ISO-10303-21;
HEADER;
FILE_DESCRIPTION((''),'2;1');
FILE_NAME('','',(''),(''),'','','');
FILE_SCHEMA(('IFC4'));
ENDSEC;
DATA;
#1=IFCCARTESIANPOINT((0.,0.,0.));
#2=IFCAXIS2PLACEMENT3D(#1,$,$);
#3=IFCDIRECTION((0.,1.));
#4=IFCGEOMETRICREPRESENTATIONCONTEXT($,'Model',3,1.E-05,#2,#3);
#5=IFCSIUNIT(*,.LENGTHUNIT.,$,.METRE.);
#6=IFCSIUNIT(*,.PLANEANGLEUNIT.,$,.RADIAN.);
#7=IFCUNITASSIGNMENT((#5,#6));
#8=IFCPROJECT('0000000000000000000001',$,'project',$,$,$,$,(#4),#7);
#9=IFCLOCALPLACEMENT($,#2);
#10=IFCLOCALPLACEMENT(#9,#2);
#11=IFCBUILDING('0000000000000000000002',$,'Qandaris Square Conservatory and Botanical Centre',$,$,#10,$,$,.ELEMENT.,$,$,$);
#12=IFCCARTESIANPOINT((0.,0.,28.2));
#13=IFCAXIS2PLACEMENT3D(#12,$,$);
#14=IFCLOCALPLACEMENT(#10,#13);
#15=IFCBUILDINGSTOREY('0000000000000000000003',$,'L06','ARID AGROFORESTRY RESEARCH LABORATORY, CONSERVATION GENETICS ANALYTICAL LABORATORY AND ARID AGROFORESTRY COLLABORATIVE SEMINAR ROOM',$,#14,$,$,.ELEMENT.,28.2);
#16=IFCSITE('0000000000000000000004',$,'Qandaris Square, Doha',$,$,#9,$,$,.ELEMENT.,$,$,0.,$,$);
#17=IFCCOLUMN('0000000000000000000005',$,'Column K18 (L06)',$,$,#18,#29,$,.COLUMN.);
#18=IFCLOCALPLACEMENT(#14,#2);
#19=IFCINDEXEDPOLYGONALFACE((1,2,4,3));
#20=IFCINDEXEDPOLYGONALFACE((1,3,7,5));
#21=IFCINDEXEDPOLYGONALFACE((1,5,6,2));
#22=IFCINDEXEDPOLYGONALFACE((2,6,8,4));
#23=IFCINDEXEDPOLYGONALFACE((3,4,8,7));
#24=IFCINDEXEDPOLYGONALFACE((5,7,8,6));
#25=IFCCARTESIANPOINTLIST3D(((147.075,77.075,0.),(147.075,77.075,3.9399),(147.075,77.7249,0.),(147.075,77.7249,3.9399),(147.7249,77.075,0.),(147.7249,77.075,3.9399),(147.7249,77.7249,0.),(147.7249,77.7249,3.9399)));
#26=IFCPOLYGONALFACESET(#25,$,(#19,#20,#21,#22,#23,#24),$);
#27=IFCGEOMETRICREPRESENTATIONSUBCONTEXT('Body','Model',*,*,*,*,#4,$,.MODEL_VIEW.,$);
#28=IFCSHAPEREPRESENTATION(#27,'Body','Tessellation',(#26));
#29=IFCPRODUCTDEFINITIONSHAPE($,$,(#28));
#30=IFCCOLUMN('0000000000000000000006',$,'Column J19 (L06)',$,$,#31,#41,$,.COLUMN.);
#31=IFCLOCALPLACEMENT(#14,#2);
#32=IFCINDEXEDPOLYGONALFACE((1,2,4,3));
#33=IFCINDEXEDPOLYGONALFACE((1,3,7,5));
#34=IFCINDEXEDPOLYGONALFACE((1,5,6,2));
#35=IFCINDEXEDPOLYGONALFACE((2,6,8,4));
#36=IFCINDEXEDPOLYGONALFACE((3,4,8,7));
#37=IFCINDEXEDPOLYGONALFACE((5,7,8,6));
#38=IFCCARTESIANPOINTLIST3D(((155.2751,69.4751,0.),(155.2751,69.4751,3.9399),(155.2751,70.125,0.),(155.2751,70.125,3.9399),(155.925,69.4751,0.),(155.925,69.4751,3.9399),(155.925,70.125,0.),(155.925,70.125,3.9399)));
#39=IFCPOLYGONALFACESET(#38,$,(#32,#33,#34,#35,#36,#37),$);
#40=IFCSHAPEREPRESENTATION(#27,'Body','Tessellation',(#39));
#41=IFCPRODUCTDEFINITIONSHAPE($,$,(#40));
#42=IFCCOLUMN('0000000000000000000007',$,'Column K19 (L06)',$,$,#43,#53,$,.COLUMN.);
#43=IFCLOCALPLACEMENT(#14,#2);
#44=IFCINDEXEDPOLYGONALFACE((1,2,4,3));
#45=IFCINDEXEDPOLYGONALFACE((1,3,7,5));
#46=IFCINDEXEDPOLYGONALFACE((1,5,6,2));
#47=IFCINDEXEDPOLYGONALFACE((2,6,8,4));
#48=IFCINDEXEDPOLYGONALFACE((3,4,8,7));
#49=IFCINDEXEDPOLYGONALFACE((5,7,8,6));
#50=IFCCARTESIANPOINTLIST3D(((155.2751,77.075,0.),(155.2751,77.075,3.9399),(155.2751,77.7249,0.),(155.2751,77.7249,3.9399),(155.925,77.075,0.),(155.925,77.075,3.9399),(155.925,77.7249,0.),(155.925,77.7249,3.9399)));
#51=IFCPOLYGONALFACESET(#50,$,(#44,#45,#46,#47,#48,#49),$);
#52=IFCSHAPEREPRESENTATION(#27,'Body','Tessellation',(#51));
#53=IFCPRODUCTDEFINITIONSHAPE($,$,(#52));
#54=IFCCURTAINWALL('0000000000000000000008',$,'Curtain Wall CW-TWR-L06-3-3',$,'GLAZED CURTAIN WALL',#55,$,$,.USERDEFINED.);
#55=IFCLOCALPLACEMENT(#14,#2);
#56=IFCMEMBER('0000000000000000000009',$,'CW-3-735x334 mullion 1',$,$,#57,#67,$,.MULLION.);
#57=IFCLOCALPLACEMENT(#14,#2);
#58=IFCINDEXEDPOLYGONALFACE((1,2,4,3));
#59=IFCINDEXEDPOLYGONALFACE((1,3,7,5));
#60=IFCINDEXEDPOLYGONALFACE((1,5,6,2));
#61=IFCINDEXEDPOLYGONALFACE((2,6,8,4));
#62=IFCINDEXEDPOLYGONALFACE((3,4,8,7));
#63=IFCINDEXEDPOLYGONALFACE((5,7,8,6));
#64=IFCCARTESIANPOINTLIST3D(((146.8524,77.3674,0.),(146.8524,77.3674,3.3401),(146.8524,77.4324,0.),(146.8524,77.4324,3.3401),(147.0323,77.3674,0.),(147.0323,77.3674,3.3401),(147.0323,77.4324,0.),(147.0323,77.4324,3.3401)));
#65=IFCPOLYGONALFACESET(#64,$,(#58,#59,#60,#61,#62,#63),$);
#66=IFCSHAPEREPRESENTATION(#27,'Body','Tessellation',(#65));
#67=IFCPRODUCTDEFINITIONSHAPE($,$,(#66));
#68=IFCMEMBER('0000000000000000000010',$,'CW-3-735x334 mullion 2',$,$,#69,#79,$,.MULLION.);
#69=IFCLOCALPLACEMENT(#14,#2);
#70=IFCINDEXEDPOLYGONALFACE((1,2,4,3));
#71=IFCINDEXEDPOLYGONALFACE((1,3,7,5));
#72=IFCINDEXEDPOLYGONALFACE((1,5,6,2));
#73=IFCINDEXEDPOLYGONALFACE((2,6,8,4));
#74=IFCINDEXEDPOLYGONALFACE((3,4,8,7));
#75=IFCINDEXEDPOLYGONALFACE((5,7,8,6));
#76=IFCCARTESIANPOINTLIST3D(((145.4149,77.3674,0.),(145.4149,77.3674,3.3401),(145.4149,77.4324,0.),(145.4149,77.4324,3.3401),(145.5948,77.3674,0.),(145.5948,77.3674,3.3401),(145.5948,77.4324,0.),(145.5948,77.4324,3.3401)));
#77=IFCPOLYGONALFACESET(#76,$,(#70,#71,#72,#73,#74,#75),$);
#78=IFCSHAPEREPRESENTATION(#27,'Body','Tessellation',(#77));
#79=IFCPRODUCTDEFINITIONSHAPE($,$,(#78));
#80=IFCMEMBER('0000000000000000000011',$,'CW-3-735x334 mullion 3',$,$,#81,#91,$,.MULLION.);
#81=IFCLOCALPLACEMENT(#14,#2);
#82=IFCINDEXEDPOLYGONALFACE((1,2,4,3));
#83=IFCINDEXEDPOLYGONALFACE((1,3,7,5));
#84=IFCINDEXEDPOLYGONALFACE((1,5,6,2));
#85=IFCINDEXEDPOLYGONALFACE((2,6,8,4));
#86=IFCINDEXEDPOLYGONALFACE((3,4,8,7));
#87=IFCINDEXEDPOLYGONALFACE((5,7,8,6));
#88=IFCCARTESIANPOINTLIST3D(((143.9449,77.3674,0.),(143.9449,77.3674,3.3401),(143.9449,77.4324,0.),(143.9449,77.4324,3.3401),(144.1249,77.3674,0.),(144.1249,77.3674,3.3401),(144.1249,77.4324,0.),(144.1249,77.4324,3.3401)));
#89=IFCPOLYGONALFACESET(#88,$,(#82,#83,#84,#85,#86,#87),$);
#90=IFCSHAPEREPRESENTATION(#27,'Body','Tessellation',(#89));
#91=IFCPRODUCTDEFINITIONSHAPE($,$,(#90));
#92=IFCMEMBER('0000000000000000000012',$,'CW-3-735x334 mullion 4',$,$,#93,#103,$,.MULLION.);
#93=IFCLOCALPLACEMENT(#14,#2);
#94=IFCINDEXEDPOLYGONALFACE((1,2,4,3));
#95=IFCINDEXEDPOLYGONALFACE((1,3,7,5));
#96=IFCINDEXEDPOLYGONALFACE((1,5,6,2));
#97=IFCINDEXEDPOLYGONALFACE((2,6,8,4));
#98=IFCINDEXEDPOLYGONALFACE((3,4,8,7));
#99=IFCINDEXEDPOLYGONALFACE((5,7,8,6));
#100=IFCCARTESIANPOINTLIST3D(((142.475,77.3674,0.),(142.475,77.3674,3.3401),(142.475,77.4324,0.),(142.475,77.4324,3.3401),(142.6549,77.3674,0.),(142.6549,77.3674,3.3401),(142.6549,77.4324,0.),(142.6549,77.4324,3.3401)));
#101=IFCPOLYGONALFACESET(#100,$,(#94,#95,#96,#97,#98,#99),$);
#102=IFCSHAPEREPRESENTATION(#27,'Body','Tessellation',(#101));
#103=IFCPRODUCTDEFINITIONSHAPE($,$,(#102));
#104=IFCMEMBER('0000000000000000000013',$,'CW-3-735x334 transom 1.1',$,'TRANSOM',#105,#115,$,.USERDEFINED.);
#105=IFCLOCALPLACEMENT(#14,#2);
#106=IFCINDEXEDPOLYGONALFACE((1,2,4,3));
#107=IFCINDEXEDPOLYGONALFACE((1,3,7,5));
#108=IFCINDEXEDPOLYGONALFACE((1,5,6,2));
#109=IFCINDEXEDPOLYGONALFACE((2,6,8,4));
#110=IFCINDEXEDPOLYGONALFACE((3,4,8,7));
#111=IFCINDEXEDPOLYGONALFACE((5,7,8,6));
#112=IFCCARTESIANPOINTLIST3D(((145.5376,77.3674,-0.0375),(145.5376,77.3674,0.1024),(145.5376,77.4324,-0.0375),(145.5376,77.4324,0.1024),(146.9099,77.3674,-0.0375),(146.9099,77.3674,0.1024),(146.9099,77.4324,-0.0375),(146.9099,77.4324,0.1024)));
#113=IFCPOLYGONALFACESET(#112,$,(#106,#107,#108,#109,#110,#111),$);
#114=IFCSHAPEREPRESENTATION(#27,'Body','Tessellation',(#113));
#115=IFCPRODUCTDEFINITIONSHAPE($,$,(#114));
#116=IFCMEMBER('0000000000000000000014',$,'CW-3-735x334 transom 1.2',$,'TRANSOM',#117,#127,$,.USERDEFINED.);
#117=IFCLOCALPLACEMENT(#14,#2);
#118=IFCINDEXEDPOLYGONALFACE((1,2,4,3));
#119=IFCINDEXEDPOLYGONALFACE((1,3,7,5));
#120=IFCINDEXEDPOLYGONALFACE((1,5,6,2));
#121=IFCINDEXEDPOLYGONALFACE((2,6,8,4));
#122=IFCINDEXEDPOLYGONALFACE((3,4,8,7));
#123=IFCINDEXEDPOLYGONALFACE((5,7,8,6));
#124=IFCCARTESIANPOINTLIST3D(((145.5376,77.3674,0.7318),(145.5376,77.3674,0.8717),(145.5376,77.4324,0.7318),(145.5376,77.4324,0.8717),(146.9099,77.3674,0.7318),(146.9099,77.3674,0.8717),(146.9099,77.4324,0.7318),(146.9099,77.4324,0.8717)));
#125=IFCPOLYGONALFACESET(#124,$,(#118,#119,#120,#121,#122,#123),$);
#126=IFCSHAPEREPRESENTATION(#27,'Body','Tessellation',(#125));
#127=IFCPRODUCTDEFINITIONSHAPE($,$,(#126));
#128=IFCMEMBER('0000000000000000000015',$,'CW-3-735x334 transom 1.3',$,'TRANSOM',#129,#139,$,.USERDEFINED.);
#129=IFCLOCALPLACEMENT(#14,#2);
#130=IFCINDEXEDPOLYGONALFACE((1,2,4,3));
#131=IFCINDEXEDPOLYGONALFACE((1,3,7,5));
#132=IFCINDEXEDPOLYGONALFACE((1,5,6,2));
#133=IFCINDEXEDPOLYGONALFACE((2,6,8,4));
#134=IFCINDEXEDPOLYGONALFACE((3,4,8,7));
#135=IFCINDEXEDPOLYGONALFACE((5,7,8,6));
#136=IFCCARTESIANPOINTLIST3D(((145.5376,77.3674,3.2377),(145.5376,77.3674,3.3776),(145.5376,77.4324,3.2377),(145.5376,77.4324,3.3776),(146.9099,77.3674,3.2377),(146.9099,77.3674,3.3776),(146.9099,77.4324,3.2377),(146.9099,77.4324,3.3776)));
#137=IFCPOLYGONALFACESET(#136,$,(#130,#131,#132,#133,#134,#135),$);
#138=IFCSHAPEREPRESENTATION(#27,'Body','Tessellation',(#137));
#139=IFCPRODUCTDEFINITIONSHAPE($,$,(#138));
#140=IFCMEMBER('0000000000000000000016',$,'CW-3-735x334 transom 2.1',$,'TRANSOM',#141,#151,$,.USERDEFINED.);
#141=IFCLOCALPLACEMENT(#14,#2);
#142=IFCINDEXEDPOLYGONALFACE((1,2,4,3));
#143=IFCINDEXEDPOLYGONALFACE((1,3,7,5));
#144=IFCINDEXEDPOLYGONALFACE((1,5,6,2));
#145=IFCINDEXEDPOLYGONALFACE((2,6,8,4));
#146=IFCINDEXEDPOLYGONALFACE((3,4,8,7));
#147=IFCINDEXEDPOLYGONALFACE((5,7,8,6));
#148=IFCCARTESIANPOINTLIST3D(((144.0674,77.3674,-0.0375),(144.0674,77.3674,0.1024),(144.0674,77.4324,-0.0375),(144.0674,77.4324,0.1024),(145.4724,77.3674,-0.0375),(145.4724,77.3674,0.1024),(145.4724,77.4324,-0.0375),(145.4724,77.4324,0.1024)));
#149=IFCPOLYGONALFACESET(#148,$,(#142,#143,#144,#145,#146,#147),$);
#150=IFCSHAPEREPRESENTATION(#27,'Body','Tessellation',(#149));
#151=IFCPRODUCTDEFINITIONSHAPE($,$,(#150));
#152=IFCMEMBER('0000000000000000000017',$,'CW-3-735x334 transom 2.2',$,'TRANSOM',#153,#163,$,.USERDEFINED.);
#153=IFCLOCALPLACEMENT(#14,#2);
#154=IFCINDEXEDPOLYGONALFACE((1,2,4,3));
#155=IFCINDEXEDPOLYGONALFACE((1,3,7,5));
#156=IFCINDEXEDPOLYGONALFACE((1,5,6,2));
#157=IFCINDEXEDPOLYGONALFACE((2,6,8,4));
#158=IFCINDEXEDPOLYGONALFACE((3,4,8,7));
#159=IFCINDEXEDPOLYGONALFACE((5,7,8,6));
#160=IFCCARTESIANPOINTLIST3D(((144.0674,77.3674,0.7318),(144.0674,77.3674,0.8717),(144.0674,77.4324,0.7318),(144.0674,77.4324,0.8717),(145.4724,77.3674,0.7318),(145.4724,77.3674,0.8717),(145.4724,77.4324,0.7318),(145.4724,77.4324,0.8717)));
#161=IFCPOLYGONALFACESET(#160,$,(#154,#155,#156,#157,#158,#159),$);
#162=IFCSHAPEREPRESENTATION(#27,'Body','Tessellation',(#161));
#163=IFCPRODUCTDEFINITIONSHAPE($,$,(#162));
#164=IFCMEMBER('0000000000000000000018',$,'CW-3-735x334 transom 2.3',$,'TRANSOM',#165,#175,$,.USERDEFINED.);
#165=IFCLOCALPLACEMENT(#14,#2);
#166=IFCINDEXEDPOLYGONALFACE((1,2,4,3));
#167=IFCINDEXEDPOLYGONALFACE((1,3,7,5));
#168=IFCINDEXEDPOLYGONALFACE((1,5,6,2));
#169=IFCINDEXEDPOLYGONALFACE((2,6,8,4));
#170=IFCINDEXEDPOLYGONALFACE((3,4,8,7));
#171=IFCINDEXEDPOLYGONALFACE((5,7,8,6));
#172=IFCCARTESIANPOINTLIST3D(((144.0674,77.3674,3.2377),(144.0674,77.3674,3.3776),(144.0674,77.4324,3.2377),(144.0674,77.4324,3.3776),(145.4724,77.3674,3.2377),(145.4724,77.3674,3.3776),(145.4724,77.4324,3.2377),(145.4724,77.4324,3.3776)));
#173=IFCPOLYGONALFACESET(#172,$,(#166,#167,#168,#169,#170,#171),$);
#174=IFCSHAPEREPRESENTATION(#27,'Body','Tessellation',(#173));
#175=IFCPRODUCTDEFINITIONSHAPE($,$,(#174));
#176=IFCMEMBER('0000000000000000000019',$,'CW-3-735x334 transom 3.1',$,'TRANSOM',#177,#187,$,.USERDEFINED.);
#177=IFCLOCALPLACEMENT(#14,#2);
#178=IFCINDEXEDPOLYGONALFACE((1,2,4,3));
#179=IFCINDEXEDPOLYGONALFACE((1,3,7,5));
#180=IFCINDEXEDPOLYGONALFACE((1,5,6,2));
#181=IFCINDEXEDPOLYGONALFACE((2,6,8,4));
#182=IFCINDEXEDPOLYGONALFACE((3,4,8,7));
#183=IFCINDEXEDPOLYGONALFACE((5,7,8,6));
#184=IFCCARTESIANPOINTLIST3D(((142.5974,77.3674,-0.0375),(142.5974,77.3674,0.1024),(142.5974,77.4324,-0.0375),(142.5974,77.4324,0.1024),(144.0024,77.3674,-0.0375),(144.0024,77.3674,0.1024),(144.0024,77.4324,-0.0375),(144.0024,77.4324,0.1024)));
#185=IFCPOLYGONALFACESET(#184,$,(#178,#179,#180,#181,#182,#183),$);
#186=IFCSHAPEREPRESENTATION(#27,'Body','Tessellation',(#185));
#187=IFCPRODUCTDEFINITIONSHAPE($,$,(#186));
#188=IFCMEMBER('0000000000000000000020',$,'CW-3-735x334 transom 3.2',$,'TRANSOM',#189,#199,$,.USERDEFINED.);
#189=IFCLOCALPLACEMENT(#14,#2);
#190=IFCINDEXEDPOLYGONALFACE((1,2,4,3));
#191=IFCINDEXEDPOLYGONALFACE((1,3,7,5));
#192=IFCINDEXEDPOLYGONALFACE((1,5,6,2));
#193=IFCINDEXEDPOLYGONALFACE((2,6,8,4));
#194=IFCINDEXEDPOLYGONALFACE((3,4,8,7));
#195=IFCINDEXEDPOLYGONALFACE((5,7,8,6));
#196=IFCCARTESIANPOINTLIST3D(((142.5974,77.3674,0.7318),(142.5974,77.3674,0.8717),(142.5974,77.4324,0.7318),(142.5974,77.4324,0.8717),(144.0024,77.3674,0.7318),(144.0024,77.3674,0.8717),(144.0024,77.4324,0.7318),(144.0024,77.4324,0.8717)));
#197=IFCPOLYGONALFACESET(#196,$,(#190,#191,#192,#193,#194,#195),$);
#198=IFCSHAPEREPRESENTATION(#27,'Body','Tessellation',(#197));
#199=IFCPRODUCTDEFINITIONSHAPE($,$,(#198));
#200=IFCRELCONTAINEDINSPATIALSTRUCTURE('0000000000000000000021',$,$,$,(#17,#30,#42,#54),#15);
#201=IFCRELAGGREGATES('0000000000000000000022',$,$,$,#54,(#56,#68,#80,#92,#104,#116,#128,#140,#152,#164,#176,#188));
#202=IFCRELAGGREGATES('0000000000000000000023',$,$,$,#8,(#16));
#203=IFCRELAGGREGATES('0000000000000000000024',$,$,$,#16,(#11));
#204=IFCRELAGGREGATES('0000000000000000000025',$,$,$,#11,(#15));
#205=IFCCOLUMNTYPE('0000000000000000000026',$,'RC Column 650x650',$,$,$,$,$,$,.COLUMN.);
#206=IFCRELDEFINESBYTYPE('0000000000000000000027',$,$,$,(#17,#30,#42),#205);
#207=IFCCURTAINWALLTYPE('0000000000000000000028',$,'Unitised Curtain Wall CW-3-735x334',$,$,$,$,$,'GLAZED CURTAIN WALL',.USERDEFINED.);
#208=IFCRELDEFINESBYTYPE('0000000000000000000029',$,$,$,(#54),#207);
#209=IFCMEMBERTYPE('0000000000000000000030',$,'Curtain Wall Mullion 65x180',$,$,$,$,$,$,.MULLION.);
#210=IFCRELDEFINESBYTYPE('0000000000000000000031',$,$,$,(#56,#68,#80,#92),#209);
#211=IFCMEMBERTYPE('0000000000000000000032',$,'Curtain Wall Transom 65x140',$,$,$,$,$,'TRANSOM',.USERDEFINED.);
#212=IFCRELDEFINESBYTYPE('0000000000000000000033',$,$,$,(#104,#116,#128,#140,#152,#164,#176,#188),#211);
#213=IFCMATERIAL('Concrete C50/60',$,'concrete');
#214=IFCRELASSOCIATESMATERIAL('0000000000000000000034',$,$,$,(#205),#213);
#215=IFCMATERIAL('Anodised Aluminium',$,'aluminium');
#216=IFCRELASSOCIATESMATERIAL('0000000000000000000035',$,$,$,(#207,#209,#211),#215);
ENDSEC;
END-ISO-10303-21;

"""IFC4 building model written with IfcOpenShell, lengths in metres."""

from ifc_helpers import new_model, si_unit, direction, frame, origin, origin_2d, place, context, subcontext, project, spatial, rectangle, extrude, material, material_profile, profile_set, type_object, element, aggregate, save


model = new_model("IFC4")

# Units and contexts
model_context = context("Model", 3, precision=1e-05, world=origin(), true_north=direction((0.0, 1.0)))
body_context = subcontext(model_context, "Body", "Model", "MODEL_VIEW")
ifc_project = project(units=[si_unit("LENGTHUNIT", "METRE"), si_unit("PLANEANGLEUNIT", "RADIAN")], contexts=[model_context])

# Site, building, storey
site_placement = place(None, origin())
site = spatial("IfcSite", under=ifc_project, at=site_placement, Name="Qandaris Square, Doha", CompositionType="ELEMENT", RefElevation=0.0)
building_placement = place(site_placement, origin())
building = spatial("IfcBuilding", under=site, at=building_placement, Name="Qandaris Square Conservatory and Botanical Centre", CompositionType="ELEMENT")
storey_placement = place(building_placement, frame((0.0, 0.0, 28.2)))
storey = spatial("IfcBuildingStorey", under=building, at=storey_placement, Name="L06", Description="ARID AGROFORESTRY RESEARCH LABORATORY, CONSERVATION GENETICS ANALYTICAL LABORATORY AND ARID AGROFORESTRY COLLABORATIVE SEMINAR ROOM", CompositionType="ELEMENT", Elevation=28.2)

# Columns
ifc_material_1 = material(Name="Concrete C50/60", Category="concrete")
ifc_material_profile_1 = material_profile(ifc_material_1, rectangle(XDim=0.6499, YDim=0.6499, at=origin_2d()), Name="RC-COL 650x650")
ifc_profile_set_1 = profile_set([ifc_material_profile_1], Name="Concrete C50/60")
column_type = type_object("IfcColumnType", Name="RC Column 650x650", PredefinedType="COLUMN", material=ifc_profile_set_1)
for number, where, z_axis, x_axis, name in (
    (1, (147.3999, 77.3999, 0.0), (0.0, 0.0, 1.0), (1.0, 0.0, 0.0), "Column K18 (L06)"),
    (2, (155.6001, 69.8, 0.0), (0.0, 0.0, 1.0), (1.0, 0.0, 0.0), "Column J19 (L06)"),
    (3, (155.6001, 77.3999, 0.0), (0.0, 0.0, 1.0), (1.0, 0.0, 0.0), "Column K19 (L06)"),
):
    element("IfcColumn", number, at=place(storey_placement, frame(where, z_axis=z_axis, x_axis=x_axis)), inside=storey, type_object=column_type, Name=name, PredefinedType="COLUMN", context=body_context, shape_type="SweptSolid", body=[
        extrude(rectangle(XDim=0.6499, YDim=0.6499, at=origin_2d()), origin(), (0.0, 0.0, 1.0), 3.9399),
    ])

# Curtain wall, members
ifc_material_2 = material(Name="Anodised Aluminium", Category="aluminium")
curtain_wall_type = type_object("IfcCurtainWallType", Name="Unitised Curtain Wall CW-3-735x334", ElementType="GLAZED CURTAIN WALL", PredefinedType="USERDEFINED", material=ifc_material_2)
curtain_wall_placement = place(storey_placement, origin())
curtain_wall = element("IfcCurtainWall", 4, at=curtain_wall_placement, inside=storey, type_object=curtain_wall_type, Name="Curtain Wall CW-TWR-L06-3-3", ObjectType="GLAZED CURTAIN WALL", PredefinedType="USERDEFINED")
ifc_material_profile_2 = material_profile(ifc_material_2, rectangle(XDim=0.0649, YDim=0.1799, at=origin_2d()), Name="ALU-MUL 65x180")
ifc_profile_set_2 = profile_set([ifc_material_profile_2], Name="Anodised Aluminium")
member_type_1 = type_object("IfcMemberType", Name="Curtain Wall Mullion 65x180", PredefinedType="MULLION", material=ifc_profile_set_2)
member_1_placement = place(storey_placement, frame((146.9424, 77.3999, 0.0), z_axis=(0.0, 0.0, 1.0), x_axis=(0.0, -1.0, 0.0)))
member_1 = element("IfcMember", 5, at=member_1_placement, type_object=member_type_1, Name="CW-3-735x334 mullion 1", PredefinedType="MULLION", context=body_context, shape_type="SweptSolid", body=[
    extrude(rectangle(XDim=0.0649, YDim=0.1799, at=origin_2d()), origin(), (0.0, 0.0, 1.0), 3.3401),
])
member_2_placement = place(storey_placement, frame((145.5049, 77.3999, 0.0), z_axis=(0.0, 0.0, 1.0), x_axis=(0.0, -1.0, 0.0)))
member_2 = element("IfcMember", 6, at=member_2_placement, type_object=member_type_1, Name="CW-3-735x334 mullion 2", PredefinedType="MULLION", context=body_context, shape_type="SweptSolid", body=[
    extrude(rectangle(XDim=0.0649, YDim=0.1799, at=origin_2d()), origin(), (0.0, 0.0, 1.0), 3.3401),
])
member_3_placement = place(storey_placement, frame((144.0349, 77.3999, 0.0), z_axis=(0.0, 0.0, 1.0), x_axis=(0.0, -1.0, 0.0)))
member_3 = element("IfcMember", 7, at=member_3_placement, type_object=member_type_1, Name="CW-3-735x334 mullion 3", PredefinedType="MULLION", context=body_context, shape_type="SweptSolid", body=[
    extrude(rectangle(XDim=0.0649, YDim=0.1799, at=origin_2d()), origin(), (0.0, 0.0, 1.0), 3.3401),
])
member_4_placement = place(storey_placement, frame((142.5649, 77.3999, 0.0), z_axis=(0.0, 0.0, 1.0), x_axis=(0.0, -1.0, 0.0)))
member_4 = element("IfcMember", 8, at=member_4_placement, type_object=member_type_1, Name="CW-3-735x334 mullion 4", PredefinedType="MULLION", context=body_context, shape_type="SweptSolid", body=[
    extrude(rectangle(XDim=0.0649, YDim=0.1799, at=origin_2d()), origin(), (0.0, 0.0, 1.0), 3.3401),
])
ifc_material_profile_3 = material_profile(ifc_material_2, rectangle(XDim=0.0649, YDim=0.1399, at=origin_2d()), Name="ALU-TRN 65x140")
ifc_profile_set_3 = profile_set([ifc_material_profile_3], Name="Anodised Aluminium")
member_type_2 = type_object("IfcMemberType", Name="Curtain Wall Transom 65x140", ElementType="TRANSOM", PredefinedType="USERDEFINED", material=ifc_profile_set_3)
member_5_placement = place(storey_placement, frame((146.9099, 77.3999, 0.0325), z_axis=(-1.0, 0.0, 0.0), x_axis=(0.0, -1.0, 0.0)))
member_5 = element("IfcMember", 9, at=member_5_placement, type_object=member_type_2, Name="CW-3-735x334 transom 1.1", ObjectType="TRANSOM", PredefinedType="USERDEFINED", context=body_context, shape_type="SweptSolid", body=[
    extrude(rectangle(XDim=0.0649, YDim=0.1399, at=origin_2d()), origin(), (0.0, 0.0, 1.0), 1.3723),
])
member_6_placement = place(storey_placement, frame((146.9099, 77.3999, 0.8018), z_axis=(-1.0, 0.0, 0.0), x_axis=(0.0, -1.0, 0.0)))
member_6 = element("IfcMember", 10, at=member_6_placement, type_object=member_type_2, Name="CW-3-735x334 transom 1.2", ObjectType="TRANSOM", PredefinedType="USERDEFINED", context=body_context, shape_type="SweptSolid", body=[
    extrude(rectangle(XDim=0.0649, YDim=0.1399, at=origin_2d()), origin(), (0.0, 0.0, 1.0), 1.3723),
])
member_7_placement = place(storey_placement, frame((146.9099, 77.3999, 3.3076), z_axis=(-1.0, 0.0, 0.0), x_axis=(0.0, -1.0, 0.0)))
member_7 = element("IfcMember", 11, at=member_7_placement, type_object=member_type_2, Name="CW-3-735x334 transom 1.3", ObjectType="TRANSOM", PredefinedType="USERDEFINED", context=body_context, shape_type="SweptSolid", body=[
    extrude(rectangle(XDim=0.0649, YDim=0.1399, at=origin_2d()), origin(), (0.0, 0.0, 1.0), 1.3723),
])
member_8_placement = place(storey_placement, frame((145.4724, 77.3999, 0.0325), z_axis=(-1.0, 0.0, 0.0), x_axis=(0.0, -1.0, 0.0)))
member_8 = element("IfcMember", 12, at=member_8_placement, type_object=member_type_2, Name="CW-3-735x334 transom 2.1", ObjectType="TRANSOM", PredefinedType="USERDEFINED", context=body_context, shape_type="SweptSolid", body=[
    extrude(rectangle(XDim=0.0649, YDim=0.1399, at=origin_2d()), origin(), (0.0, 0.0, 1.0), 1.405),
])
member_9_placement = place(storey_placement, frame((145.4724, 77.3999, 0.8018), z_axis=(-1.0, 0.0, 0.0), x_axis=(0.0, -1.0, 0.0)))
member_9 = element("IfcMember", 13, at=member_9_placement, type_object=member_type_2, Name="CW-3-735x334 transom 2.2", ObjectType="TRANSOM", PredefinedType="USERDEFINED", context=body_context, shape_type="SweptSolid", body=[
    extrude(rectangle(XDim=0.0649, YDim=0.1399, at=origin_2d()), origin(), (0.0, 0.0, 1.0), 1.405),
])
member_10_placement = place(storey_placement, frame((145.4724, 77.3999, 3.3076), z_axis=(-1.0, 0.0, 0.0), x_axis=(0.0, -1.0, 0.0)))
member_10 = element("IfcMember", 14, at=member_10_placement, type_object=member_type_2, Name="CW-3-735x334 transom 2.3", ObjectType="TRANSOM", PredefinedType="USERDEFINED", context=body_context, shape_type="SweptSolid", body=[
    extrude(rectangle(XDim=0.0649, YDim=0.1399, at=origin_2d()), origin(), (0.0, 0.0, 1.0), 1.405),
])
member_11_placement = place(storey_placement, frame((144.0024, 77.3999, 0.0325), z_axis=(-1.0, 0.0, 0.0), x_axis=(0.0, -1.0, 0.0)))
member_11 = element("IfcMember", 15, at=member_11_placement, type_object=member_type_2, Name="CW-3-735x334 transom 3.1", ObjectType="TRANSOM", PredefinedType="USERDEFINED", context=body_context, shape_type="SweptSolid", body=[
    extrude(rectangle(XDim=0.0649, YDim=0.1399, at=origin_2d()), origin(), (0.0, 0.0, 1.0), 1.405),
])
member_12_placement = place(storey_placement, frame((144.0024, 77.3999, 0.8018), z_axis=(-1.0, 0.0, 0.0), x_axis=(0.0, -1.0, 0.0)))
member_12 = element("IfcMember", 16, at=member_12_placement, type_object=member_type_2, Name="CW-3-735x334 transom 3.2", ObjectType="TRANSOM", PredefinedType="USERDEFINED", context=body_context, shape_type="SweptSolid", body=[
    extrude(rectangle(XDim=0.0649, YDim=0.1399, at=origin_2d()), origin(), (0.0, 0.0, 1.0), 1.405),
])

aggregate(curtain_wall, [member_1, member_2, member_3, member_4, member_5, member_6, member_7, member_8, member_9, member_10, member_11, member_12])

save(model, "model.ifc")
